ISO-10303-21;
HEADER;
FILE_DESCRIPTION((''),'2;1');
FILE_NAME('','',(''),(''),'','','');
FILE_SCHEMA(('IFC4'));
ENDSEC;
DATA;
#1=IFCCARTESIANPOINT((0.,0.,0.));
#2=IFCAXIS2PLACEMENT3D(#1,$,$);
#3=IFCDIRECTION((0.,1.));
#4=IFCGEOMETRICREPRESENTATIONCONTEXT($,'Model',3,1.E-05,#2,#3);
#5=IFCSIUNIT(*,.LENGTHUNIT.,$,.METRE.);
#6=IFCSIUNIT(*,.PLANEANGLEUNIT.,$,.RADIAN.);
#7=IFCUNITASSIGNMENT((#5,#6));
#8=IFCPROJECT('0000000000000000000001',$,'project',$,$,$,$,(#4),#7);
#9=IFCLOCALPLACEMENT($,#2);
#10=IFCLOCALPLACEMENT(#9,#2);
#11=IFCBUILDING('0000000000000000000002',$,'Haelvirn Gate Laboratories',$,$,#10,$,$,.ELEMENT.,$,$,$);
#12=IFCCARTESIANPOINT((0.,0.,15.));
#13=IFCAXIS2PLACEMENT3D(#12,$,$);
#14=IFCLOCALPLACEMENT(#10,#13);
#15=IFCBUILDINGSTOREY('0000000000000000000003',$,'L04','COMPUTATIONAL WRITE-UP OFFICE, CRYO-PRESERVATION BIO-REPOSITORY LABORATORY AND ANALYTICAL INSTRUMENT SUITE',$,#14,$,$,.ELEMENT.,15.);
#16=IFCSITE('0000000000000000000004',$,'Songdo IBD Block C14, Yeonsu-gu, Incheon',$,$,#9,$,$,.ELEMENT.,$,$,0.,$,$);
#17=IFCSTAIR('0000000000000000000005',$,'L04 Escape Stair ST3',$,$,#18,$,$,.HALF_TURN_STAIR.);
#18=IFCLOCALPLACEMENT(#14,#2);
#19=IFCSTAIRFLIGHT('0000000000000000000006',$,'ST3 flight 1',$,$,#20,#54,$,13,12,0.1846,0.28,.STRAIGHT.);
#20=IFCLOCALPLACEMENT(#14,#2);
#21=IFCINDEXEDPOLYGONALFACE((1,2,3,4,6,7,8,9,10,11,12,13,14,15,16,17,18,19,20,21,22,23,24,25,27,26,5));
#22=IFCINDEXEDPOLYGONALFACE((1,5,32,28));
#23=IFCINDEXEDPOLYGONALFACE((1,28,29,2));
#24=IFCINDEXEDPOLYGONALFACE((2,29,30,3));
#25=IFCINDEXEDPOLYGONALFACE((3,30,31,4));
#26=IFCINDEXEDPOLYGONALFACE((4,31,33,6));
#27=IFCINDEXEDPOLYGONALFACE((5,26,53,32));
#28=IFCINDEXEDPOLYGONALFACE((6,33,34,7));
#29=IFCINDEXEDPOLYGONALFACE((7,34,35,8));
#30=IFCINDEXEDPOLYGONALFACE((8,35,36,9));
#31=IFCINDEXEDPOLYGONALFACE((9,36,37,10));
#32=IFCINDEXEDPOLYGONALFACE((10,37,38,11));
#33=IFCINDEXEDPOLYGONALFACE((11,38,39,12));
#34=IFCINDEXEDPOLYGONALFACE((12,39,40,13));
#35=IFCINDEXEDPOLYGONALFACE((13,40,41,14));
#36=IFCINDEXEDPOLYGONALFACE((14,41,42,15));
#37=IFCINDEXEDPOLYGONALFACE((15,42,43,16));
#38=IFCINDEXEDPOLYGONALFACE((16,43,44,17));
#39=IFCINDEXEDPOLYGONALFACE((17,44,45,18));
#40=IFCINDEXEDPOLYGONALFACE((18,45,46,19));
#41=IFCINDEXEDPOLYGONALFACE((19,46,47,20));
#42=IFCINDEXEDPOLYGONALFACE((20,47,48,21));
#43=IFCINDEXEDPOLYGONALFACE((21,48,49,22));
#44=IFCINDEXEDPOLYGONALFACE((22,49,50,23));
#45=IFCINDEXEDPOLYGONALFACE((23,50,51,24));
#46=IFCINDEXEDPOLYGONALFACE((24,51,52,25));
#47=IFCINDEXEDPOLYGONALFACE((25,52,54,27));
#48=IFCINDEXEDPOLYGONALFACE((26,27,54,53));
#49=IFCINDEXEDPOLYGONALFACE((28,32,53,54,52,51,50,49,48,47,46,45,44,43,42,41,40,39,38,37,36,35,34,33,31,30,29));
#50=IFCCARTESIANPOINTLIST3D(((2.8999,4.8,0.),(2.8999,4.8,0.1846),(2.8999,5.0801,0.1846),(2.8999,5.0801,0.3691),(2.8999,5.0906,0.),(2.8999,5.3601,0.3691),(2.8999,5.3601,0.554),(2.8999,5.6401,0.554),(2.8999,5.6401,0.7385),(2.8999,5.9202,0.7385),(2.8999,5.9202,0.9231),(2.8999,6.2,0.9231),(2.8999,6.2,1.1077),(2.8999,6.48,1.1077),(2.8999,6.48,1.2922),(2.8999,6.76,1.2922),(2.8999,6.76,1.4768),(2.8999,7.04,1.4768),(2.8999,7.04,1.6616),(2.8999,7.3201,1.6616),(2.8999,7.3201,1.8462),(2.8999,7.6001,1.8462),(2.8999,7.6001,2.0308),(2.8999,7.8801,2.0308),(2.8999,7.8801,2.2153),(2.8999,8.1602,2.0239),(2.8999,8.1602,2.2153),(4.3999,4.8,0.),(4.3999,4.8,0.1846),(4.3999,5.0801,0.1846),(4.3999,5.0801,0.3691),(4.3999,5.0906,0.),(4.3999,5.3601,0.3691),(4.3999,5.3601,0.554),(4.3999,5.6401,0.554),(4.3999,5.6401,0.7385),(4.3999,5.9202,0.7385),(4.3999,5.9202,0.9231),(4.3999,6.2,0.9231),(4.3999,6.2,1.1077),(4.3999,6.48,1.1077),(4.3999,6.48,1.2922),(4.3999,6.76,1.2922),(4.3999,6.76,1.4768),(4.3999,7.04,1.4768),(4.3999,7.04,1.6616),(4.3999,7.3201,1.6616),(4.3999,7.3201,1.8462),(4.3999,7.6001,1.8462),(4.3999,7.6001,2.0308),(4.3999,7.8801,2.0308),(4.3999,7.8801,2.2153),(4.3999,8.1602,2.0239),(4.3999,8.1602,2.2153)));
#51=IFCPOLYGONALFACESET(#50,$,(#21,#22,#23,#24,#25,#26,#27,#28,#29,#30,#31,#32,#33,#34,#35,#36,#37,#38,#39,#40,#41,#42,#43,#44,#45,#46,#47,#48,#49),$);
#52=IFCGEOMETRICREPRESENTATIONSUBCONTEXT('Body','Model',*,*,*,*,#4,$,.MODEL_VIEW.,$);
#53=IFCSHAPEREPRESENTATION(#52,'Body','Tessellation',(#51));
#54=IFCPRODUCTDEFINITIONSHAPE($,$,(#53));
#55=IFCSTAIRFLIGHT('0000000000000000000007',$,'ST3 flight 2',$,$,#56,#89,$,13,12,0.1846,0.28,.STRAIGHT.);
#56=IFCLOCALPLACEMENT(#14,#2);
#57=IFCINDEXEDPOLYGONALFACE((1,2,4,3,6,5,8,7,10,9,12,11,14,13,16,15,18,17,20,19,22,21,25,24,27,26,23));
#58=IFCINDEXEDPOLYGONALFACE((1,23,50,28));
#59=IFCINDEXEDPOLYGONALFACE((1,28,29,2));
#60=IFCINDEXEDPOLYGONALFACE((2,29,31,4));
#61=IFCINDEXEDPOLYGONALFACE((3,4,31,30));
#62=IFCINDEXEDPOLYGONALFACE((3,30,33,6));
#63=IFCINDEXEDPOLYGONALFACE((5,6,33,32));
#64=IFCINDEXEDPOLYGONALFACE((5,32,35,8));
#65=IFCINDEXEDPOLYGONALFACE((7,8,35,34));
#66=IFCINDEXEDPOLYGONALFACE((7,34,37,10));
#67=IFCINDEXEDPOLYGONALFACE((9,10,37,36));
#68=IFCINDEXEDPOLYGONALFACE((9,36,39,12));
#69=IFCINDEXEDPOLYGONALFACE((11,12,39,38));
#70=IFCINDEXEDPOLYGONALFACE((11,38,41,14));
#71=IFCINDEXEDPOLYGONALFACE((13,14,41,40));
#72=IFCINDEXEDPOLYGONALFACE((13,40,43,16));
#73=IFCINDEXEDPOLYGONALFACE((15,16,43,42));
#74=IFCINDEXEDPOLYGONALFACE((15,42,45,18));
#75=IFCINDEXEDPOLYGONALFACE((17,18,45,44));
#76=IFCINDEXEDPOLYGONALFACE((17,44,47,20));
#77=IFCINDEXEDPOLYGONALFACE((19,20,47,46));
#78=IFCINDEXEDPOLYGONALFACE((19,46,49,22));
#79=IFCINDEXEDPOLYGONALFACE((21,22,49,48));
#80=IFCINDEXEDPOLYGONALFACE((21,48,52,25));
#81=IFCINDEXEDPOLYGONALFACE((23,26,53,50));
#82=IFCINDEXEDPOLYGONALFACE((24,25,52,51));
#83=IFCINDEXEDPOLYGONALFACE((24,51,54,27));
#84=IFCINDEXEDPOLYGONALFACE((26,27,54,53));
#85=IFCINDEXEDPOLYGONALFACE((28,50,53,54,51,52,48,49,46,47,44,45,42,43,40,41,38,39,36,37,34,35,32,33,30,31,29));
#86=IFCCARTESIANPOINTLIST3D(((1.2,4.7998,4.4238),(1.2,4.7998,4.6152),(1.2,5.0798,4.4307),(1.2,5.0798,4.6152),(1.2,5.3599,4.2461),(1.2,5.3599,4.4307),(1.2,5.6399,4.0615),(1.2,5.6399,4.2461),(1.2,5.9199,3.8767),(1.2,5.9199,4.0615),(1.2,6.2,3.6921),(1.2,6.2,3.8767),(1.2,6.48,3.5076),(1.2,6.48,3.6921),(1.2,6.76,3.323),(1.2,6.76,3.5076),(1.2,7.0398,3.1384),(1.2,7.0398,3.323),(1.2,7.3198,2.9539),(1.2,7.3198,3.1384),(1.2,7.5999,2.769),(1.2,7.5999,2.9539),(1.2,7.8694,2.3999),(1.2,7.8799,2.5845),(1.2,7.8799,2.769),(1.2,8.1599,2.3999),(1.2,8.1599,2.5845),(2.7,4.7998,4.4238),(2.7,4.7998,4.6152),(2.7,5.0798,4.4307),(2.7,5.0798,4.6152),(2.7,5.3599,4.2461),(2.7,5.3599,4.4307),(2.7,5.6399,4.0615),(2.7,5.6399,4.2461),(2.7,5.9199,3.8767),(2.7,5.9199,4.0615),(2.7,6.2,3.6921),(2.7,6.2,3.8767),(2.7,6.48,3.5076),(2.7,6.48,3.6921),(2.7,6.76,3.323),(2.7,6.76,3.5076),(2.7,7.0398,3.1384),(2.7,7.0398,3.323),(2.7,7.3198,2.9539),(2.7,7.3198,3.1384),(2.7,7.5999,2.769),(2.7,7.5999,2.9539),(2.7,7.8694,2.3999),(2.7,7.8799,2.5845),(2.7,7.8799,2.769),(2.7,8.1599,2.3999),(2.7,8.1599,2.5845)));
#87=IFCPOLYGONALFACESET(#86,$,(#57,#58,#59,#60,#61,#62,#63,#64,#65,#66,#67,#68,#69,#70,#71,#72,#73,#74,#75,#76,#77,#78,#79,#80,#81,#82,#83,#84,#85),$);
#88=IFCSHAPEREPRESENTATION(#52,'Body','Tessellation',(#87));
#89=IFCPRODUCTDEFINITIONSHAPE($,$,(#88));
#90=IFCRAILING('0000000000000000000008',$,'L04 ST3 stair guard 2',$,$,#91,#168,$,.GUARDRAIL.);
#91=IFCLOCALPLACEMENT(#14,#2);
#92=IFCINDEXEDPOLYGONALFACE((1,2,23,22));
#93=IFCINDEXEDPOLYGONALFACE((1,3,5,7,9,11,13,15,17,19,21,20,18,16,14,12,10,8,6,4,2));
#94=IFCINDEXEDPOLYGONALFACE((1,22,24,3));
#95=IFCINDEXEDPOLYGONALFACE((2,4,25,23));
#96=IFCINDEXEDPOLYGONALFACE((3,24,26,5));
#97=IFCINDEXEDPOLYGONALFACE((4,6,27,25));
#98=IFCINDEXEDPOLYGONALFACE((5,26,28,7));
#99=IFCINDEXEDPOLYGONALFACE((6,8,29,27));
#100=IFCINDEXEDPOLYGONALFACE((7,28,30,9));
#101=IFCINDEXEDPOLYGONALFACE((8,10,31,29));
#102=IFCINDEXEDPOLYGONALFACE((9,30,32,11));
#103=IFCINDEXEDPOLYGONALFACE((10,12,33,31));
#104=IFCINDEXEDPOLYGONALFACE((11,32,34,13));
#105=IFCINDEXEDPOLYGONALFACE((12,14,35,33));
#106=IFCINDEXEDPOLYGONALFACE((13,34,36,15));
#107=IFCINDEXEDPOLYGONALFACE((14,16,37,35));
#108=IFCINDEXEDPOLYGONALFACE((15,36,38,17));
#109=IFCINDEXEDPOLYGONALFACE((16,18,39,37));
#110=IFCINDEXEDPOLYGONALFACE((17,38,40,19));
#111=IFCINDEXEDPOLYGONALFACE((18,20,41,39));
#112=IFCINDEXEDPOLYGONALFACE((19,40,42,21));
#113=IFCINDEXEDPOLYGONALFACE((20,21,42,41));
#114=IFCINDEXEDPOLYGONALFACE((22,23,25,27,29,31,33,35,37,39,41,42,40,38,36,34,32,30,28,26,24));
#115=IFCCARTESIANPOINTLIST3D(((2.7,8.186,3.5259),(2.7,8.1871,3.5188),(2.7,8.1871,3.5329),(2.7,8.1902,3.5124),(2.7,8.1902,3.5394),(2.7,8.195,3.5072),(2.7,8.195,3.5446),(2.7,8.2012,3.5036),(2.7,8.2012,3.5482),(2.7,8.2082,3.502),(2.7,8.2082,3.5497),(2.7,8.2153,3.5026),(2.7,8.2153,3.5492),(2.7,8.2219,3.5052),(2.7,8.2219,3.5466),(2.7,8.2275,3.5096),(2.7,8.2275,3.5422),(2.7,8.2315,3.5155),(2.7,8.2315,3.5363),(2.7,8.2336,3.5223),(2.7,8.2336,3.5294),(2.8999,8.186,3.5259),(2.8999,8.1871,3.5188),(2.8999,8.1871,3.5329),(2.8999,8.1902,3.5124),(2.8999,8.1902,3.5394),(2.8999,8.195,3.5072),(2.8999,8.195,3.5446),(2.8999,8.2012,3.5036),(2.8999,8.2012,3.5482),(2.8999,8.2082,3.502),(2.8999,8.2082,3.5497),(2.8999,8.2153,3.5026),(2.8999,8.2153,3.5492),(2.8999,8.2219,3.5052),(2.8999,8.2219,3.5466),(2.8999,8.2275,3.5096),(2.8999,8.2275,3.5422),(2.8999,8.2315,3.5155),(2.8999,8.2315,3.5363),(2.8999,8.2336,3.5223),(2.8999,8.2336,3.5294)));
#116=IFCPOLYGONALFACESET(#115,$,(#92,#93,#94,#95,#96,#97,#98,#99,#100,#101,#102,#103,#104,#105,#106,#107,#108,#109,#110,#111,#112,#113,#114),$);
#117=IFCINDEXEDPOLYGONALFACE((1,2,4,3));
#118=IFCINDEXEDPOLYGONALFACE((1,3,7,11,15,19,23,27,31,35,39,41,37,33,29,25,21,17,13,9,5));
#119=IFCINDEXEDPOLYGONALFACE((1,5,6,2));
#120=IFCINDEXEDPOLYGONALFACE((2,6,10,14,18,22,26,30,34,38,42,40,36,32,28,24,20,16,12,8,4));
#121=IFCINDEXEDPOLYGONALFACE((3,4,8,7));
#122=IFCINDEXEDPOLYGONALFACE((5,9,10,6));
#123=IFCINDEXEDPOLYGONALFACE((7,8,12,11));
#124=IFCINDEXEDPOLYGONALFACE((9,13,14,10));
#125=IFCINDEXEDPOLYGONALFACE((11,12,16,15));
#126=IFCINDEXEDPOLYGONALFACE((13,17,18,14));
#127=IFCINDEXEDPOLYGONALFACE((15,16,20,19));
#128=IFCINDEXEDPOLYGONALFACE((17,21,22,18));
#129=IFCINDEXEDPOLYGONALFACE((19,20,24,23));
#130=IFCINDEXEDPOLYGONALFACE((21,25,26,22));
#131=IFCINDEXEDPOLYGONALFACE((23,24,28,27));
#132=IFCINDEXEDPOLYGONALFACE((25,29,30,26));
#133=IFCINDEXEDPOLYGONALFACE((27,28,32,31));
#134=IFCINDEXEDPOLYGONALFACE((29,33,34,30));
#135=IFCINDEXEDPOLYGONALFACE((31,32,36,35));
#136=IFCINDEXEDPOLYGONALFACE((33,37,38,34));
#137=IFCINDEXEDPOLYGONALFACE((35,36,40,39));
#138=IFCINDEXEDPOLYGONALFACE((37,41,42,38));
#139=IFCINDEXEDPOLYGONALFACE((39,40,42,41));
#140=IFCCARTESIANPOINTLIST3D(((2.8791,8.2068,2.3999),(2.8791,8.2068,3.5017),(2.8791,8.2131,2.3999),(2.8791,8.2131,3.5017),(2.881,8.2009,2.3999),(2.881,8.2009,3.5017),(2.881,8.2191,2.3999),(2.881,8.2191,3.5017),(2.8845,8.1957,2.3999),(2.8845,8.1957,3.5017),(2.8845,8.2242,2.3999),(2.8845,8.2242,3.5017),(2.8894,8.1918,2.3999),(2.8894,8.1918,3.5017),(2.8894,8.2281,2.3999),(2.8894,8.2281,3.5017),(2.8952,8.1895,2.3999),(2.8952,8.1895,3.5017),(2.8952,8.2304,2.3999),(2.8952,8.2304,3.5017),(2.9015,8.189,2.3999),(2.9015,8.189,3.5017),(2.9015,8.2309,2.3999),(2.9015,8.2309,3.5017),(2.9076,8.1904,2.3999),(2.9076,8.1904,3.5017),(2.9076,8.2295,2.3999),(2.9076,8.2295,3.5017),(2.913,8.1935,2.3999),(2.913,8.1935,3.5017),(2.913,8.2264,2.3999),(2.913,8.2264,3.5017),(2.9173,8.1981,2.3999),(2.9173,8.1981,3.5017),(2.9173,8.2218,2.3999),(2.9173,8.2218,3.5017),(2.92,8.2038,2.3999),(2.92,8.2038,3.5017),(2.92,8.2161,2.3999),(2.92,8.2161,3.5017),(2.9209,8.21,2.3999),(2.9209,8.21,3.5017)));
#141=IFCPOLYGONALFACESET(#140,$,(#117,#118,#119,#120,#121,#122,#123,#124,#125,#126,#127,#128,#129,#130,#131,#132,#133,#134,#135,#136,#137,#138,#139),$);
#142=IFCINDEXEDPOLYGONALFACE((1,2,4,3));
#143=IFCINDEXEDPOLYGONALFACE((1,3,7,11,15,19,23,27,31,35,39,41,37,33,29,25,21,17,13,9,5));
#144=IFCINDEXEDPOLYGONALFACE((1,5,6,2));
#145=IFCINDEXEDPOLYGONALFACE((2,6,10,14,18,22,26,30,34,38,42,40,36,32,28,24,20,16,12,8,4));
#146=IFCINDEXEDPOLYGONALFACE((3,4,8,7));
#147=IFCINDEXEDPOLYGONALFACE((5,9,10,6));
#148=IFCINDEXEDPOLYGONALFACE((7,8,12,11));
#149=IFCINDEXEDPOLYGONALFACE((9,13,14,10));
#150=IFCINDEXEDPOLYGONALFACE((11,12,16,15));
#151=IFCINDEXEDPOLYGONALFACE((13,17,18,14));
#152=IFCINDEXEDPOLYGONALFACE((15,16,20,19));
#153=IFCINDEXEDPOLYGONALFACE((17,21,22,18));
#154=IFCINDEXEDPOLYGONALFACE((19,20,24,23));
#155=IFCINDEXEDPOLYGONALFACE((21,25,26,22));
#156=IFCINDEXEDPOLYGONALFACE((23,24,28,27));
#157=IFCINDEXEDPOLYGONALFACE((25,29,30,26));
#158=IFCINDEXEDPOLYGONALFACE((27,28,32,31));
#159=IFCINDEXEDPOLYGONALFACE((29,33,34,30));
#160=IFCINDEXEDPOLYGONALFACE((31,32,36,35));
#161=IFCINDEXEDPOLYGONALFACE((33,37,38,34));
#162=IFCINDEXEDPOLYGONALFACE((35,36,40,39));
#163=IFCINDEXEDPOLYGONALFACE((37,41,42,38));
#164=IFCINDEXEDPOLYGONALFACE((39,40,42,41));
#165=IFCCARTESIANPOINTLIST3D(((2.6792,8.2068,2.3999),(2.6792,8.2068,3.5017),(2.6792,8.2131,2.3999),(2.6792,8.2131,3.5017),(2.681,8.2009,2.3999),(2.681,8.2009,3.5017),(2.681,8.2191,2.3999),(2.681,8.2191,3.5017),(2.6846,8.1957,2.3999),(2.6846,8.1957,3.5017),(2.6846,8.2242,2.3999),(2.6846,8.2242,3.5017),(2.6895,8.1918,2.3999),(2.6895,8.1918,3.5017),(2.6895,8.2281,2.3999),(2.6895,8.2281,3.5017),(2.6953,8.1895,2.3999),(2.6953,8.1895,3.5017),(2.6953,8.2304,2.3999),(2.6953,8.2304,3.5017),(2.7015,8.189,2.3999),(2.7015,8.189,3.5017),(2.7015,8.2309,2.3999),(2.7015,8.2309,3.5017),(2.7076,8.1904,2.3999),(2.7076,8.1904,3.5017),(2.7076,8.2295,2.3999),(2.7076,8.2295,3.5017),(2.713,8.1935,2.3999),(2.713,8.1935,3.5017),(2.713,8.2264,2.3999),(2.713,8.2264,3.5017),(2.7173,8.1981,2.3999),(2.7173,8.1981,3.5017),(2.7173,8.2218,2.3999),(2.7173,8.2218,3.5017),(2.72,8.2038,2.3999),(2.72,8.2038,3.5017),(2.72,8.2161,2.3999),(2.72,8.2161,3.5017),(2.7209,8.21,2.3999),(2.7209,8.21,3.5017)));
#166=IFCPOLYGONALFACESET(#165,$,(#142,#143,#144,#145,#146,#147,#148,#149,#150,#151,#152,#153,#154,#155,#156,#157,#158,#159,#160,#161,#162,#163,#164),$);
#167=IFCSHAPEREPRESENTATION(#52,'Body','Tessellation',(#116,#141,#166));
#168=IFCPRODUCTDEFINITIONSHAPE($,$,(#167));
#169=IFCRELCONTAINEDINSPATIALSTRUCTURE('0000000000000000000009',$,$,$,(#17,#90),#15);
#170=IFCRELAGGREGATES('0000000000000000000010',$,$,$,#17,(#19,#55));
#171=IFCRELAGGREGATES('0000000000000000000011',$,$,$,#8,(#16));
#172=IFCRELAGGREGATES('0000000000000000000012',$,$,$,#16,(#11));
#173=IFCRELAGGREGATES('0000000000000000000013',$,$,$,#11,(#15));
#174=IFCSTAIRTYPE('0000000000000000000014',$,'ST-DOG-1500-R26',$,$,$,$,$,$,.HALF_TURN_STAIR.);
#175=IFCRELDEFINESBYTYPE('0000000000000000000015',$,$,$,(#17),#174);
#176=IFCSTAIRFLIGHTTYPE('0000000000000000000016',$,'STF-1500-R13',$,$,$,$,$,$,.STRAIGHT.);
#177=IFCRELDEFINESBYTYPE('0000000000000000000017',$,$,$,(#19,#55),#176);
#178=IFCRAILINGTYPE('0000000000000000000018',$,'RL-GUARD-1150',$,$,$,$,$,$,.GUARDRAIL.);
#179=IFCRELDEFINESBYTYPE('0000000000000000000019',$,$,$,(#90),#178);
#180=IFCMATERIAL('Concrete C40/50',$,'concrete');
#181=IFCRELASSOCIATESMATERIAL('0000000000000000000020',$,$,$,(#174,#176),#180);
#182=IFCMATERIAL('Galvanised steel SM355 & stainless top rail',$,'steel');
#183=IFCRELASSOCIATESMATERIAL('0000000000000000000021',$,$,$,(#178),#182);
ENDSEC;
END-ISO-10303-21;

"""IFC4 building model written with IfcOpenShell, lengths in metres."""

from ifc_helpers import new_model, si_unit, direction, frame, origin, origin_2d, place, context, subcontext, project, spatial, polyline, circle, outline, extrude, source, transform, mapped, material, type_object, type_shapes, element, aggregate, save


model = new_model("IFC4")

# Units and contexts
model_context = context("Model", 3, precision=1e-05, world=origin(), true_north=direction((0.0, 1.0)))
body_context = subcontext(model_context, "Body", "Model", "MODEL_VIEW")
ifc_project = project(units=[si_unit("LENGTHUNIT", "METRE"), si_unit("PLANEANGLEUNIT", "RADIAN")], contexts=[model_context])

# Site, building, storey
site_placement = place(None, origin())
site = spatial("IfcSite", under=ifc_project, at=site_placement, Name="Songdo IBD Block C14, Yeonsu-gu, Incheon", CompositionType="ELEMENT", RefElevation=0.0)
building_placement = place(site_placement, origin())
building = spatial("IfcBuilding", under=site, at=building_placement, Name="Haelvirn Gate Laboratories", CompositionType="ELEMENT")
storey_placement = place(building_placement, frame((0.0, 0.0, 15.0)))
storey = spatial("IfcBuildingStorey", under=building, at=storey_placement, Name="L04", Description="COMPUTATIONAL WRITE-UP OFFICE, CRYO-PRESERVATION BIO-REPOSITORY LABORATORY AND ANALYTICAL INSTRUMENT SUITE", CompositionType="ELEMENT", Elevation=15.0)

# Stair
ifc_material_1 = material(Name="Concrete C40/50", Category="concrete")
stair_type_1 = type_object("IfcStairType", Name="ST-DOG-1500-R26", PredefinedType="HALF_TURN_STAIR", material=ifc_material_1)
stair_1_placement = place(storey_placement, origin())
stair_1 = element("IfcStair", 1, at=stair_1_placement, inside=storey, type_object=stair_type_1, Name="L04 Escape Stair ST3", PredefinedType="HALF_TURN_STAIR")

# Stair flights
stair_flight_type = type_object("IfcStairFlightType", Name="STF-1500-R13", PredefinedType="STRAIGHT", material=ifc_material_1)
shared_shape_1 = source(origin(), body_context, "Body", "SweptSolid", [
    extrude(outline(polyline([(0.0, 0.0), (0.0, 0.1846), (0.28, 0.1846), (0.28, 0.3691), (0.5601, 0.3691), (0.5601, 0.554), (0.8401, 0.554), (0.8401, 0.7385), (1.1201, 0.7385), (1.1201, 0.9231), (1.3999, 0.9231), (1.3999, 1.1077), (1.6799, 1.1077), (1.6799, 1.2922), (1.96, 1.2922), (1.96, 1.4768), (2.24, 1.4768), (2.24, 1.6616), (2.52, 1.6616), (2.52, 1.8462), (2.8, 1.8462), (2.8, 2.0308), (3.0801, 2.0308), (3.0801, 2.2153), (3.3601, 2.2153), (3.3601, 2.3999), (3.3601, 2.0239), (0.2905, 0.0), (0.0, 0.0)])), frame((0.0, 0.75, 0.0), z_axis=(0.0, -1.0, 0.0), x_axis=(1.0, 0.0, 0.0)), (0.0, 0.0, 1.0), 1.5),
])
type_shapes(stair_flight_type, [shared_shape_1])
stair_flight_1_placement = place(storey_placement, frame((3.6499, 4.8, 0.0), z_axis=(0.0, 0.0, 1.0), x_axis=(0.0, 1.0, 0.0)))
stair_flight_1 = element("IfcStairFlight", 2, at=stair_flight_1_placement, type_object=stair_flight_type, Name="ST3 flight 1", NumberOfRisers=13, NumberOfTreads=12, PredefinedType="STRAIGHT", RiserHeight=0.1846, TreadLength=0.28, context=body_context, shape_type="MappedRepresentation", body=[
    mapped(shared_shape_1, transform((0.0, 0.0, 0.0), scale=1.0)),
])
stair_flight_2_placement = place(storey_placement, frame((1.95, 8.1599, 2.3999), z_axis=(0.0, 0.0, 1.0), x_axis=(0.0, -1.0, 0.0)))
stair_flight_2 = element("IfcStairFlight", 3, at=stair_flight_2_placement, type_object=stair_flight_type, Name="ST3 flight 2", NumberOfRisers=13, NumberOfTreads=12, PredefinedType="STRAIGHT", RiserHeight=0.1846, TreadLength=0.28, context=body_context, shape_type="MappedRepresentation", body=[
    mapped(shared_shape_1, transform((0.0, 0.0, 0.0), scale=1.0)),
])
aggregate(stair_1, [stair_flight_1, stair_flight_2])

# Railing
ifc_material_2 = material(Name="Galvanised steel SM355 & stainless top rail", Category="steel")
railing_type_1 = type_object("IfcRailingType", Name="RL-GUARD-1150", PredefinedType="GUARDRAIL", material=ifc_material_2)
shared_shape_2 = source(origin(), body_context, "Body", "SweptSolid", [
    extrude(circle(Radius=0.0239, at=origin_2d()), frame((0.0, 0.0, 1.126), z_axis=(-1.0, 0.0, 0.0), x_axis=(0.0, -1.0, 0.0)), (0.0, 0.0, 1.0), 0.2),
    extrude(circle(Radius=0.021, at=origin_2d()), origin(), (0.0, 0.0, 1.0), 1.1018),
    extrude(circle(Radius=0.021, at=origin_2d()), frame((-0.2, 0.0, 0.0)), (0.0, 0.0, 1.0), 1.1018),
])
for number, where, name in (
    (4, (2.8999, 8.21, 2.3999), "L04 ST3 stair guard 2"),
):
    element("IfcRailing", number, at=place(storey_placement, frame(where)), inside=storey, type_object=railing_type_1, Name=name, PredefinedType="GUARDRAIL", context=body_context, shape_type="MappedRepresentation", body=[
        mapped(shared_shape_2, transform((0.0, 0.0, 0.0), scale=1.0)),
    ])

save(model, "model.ifc")
